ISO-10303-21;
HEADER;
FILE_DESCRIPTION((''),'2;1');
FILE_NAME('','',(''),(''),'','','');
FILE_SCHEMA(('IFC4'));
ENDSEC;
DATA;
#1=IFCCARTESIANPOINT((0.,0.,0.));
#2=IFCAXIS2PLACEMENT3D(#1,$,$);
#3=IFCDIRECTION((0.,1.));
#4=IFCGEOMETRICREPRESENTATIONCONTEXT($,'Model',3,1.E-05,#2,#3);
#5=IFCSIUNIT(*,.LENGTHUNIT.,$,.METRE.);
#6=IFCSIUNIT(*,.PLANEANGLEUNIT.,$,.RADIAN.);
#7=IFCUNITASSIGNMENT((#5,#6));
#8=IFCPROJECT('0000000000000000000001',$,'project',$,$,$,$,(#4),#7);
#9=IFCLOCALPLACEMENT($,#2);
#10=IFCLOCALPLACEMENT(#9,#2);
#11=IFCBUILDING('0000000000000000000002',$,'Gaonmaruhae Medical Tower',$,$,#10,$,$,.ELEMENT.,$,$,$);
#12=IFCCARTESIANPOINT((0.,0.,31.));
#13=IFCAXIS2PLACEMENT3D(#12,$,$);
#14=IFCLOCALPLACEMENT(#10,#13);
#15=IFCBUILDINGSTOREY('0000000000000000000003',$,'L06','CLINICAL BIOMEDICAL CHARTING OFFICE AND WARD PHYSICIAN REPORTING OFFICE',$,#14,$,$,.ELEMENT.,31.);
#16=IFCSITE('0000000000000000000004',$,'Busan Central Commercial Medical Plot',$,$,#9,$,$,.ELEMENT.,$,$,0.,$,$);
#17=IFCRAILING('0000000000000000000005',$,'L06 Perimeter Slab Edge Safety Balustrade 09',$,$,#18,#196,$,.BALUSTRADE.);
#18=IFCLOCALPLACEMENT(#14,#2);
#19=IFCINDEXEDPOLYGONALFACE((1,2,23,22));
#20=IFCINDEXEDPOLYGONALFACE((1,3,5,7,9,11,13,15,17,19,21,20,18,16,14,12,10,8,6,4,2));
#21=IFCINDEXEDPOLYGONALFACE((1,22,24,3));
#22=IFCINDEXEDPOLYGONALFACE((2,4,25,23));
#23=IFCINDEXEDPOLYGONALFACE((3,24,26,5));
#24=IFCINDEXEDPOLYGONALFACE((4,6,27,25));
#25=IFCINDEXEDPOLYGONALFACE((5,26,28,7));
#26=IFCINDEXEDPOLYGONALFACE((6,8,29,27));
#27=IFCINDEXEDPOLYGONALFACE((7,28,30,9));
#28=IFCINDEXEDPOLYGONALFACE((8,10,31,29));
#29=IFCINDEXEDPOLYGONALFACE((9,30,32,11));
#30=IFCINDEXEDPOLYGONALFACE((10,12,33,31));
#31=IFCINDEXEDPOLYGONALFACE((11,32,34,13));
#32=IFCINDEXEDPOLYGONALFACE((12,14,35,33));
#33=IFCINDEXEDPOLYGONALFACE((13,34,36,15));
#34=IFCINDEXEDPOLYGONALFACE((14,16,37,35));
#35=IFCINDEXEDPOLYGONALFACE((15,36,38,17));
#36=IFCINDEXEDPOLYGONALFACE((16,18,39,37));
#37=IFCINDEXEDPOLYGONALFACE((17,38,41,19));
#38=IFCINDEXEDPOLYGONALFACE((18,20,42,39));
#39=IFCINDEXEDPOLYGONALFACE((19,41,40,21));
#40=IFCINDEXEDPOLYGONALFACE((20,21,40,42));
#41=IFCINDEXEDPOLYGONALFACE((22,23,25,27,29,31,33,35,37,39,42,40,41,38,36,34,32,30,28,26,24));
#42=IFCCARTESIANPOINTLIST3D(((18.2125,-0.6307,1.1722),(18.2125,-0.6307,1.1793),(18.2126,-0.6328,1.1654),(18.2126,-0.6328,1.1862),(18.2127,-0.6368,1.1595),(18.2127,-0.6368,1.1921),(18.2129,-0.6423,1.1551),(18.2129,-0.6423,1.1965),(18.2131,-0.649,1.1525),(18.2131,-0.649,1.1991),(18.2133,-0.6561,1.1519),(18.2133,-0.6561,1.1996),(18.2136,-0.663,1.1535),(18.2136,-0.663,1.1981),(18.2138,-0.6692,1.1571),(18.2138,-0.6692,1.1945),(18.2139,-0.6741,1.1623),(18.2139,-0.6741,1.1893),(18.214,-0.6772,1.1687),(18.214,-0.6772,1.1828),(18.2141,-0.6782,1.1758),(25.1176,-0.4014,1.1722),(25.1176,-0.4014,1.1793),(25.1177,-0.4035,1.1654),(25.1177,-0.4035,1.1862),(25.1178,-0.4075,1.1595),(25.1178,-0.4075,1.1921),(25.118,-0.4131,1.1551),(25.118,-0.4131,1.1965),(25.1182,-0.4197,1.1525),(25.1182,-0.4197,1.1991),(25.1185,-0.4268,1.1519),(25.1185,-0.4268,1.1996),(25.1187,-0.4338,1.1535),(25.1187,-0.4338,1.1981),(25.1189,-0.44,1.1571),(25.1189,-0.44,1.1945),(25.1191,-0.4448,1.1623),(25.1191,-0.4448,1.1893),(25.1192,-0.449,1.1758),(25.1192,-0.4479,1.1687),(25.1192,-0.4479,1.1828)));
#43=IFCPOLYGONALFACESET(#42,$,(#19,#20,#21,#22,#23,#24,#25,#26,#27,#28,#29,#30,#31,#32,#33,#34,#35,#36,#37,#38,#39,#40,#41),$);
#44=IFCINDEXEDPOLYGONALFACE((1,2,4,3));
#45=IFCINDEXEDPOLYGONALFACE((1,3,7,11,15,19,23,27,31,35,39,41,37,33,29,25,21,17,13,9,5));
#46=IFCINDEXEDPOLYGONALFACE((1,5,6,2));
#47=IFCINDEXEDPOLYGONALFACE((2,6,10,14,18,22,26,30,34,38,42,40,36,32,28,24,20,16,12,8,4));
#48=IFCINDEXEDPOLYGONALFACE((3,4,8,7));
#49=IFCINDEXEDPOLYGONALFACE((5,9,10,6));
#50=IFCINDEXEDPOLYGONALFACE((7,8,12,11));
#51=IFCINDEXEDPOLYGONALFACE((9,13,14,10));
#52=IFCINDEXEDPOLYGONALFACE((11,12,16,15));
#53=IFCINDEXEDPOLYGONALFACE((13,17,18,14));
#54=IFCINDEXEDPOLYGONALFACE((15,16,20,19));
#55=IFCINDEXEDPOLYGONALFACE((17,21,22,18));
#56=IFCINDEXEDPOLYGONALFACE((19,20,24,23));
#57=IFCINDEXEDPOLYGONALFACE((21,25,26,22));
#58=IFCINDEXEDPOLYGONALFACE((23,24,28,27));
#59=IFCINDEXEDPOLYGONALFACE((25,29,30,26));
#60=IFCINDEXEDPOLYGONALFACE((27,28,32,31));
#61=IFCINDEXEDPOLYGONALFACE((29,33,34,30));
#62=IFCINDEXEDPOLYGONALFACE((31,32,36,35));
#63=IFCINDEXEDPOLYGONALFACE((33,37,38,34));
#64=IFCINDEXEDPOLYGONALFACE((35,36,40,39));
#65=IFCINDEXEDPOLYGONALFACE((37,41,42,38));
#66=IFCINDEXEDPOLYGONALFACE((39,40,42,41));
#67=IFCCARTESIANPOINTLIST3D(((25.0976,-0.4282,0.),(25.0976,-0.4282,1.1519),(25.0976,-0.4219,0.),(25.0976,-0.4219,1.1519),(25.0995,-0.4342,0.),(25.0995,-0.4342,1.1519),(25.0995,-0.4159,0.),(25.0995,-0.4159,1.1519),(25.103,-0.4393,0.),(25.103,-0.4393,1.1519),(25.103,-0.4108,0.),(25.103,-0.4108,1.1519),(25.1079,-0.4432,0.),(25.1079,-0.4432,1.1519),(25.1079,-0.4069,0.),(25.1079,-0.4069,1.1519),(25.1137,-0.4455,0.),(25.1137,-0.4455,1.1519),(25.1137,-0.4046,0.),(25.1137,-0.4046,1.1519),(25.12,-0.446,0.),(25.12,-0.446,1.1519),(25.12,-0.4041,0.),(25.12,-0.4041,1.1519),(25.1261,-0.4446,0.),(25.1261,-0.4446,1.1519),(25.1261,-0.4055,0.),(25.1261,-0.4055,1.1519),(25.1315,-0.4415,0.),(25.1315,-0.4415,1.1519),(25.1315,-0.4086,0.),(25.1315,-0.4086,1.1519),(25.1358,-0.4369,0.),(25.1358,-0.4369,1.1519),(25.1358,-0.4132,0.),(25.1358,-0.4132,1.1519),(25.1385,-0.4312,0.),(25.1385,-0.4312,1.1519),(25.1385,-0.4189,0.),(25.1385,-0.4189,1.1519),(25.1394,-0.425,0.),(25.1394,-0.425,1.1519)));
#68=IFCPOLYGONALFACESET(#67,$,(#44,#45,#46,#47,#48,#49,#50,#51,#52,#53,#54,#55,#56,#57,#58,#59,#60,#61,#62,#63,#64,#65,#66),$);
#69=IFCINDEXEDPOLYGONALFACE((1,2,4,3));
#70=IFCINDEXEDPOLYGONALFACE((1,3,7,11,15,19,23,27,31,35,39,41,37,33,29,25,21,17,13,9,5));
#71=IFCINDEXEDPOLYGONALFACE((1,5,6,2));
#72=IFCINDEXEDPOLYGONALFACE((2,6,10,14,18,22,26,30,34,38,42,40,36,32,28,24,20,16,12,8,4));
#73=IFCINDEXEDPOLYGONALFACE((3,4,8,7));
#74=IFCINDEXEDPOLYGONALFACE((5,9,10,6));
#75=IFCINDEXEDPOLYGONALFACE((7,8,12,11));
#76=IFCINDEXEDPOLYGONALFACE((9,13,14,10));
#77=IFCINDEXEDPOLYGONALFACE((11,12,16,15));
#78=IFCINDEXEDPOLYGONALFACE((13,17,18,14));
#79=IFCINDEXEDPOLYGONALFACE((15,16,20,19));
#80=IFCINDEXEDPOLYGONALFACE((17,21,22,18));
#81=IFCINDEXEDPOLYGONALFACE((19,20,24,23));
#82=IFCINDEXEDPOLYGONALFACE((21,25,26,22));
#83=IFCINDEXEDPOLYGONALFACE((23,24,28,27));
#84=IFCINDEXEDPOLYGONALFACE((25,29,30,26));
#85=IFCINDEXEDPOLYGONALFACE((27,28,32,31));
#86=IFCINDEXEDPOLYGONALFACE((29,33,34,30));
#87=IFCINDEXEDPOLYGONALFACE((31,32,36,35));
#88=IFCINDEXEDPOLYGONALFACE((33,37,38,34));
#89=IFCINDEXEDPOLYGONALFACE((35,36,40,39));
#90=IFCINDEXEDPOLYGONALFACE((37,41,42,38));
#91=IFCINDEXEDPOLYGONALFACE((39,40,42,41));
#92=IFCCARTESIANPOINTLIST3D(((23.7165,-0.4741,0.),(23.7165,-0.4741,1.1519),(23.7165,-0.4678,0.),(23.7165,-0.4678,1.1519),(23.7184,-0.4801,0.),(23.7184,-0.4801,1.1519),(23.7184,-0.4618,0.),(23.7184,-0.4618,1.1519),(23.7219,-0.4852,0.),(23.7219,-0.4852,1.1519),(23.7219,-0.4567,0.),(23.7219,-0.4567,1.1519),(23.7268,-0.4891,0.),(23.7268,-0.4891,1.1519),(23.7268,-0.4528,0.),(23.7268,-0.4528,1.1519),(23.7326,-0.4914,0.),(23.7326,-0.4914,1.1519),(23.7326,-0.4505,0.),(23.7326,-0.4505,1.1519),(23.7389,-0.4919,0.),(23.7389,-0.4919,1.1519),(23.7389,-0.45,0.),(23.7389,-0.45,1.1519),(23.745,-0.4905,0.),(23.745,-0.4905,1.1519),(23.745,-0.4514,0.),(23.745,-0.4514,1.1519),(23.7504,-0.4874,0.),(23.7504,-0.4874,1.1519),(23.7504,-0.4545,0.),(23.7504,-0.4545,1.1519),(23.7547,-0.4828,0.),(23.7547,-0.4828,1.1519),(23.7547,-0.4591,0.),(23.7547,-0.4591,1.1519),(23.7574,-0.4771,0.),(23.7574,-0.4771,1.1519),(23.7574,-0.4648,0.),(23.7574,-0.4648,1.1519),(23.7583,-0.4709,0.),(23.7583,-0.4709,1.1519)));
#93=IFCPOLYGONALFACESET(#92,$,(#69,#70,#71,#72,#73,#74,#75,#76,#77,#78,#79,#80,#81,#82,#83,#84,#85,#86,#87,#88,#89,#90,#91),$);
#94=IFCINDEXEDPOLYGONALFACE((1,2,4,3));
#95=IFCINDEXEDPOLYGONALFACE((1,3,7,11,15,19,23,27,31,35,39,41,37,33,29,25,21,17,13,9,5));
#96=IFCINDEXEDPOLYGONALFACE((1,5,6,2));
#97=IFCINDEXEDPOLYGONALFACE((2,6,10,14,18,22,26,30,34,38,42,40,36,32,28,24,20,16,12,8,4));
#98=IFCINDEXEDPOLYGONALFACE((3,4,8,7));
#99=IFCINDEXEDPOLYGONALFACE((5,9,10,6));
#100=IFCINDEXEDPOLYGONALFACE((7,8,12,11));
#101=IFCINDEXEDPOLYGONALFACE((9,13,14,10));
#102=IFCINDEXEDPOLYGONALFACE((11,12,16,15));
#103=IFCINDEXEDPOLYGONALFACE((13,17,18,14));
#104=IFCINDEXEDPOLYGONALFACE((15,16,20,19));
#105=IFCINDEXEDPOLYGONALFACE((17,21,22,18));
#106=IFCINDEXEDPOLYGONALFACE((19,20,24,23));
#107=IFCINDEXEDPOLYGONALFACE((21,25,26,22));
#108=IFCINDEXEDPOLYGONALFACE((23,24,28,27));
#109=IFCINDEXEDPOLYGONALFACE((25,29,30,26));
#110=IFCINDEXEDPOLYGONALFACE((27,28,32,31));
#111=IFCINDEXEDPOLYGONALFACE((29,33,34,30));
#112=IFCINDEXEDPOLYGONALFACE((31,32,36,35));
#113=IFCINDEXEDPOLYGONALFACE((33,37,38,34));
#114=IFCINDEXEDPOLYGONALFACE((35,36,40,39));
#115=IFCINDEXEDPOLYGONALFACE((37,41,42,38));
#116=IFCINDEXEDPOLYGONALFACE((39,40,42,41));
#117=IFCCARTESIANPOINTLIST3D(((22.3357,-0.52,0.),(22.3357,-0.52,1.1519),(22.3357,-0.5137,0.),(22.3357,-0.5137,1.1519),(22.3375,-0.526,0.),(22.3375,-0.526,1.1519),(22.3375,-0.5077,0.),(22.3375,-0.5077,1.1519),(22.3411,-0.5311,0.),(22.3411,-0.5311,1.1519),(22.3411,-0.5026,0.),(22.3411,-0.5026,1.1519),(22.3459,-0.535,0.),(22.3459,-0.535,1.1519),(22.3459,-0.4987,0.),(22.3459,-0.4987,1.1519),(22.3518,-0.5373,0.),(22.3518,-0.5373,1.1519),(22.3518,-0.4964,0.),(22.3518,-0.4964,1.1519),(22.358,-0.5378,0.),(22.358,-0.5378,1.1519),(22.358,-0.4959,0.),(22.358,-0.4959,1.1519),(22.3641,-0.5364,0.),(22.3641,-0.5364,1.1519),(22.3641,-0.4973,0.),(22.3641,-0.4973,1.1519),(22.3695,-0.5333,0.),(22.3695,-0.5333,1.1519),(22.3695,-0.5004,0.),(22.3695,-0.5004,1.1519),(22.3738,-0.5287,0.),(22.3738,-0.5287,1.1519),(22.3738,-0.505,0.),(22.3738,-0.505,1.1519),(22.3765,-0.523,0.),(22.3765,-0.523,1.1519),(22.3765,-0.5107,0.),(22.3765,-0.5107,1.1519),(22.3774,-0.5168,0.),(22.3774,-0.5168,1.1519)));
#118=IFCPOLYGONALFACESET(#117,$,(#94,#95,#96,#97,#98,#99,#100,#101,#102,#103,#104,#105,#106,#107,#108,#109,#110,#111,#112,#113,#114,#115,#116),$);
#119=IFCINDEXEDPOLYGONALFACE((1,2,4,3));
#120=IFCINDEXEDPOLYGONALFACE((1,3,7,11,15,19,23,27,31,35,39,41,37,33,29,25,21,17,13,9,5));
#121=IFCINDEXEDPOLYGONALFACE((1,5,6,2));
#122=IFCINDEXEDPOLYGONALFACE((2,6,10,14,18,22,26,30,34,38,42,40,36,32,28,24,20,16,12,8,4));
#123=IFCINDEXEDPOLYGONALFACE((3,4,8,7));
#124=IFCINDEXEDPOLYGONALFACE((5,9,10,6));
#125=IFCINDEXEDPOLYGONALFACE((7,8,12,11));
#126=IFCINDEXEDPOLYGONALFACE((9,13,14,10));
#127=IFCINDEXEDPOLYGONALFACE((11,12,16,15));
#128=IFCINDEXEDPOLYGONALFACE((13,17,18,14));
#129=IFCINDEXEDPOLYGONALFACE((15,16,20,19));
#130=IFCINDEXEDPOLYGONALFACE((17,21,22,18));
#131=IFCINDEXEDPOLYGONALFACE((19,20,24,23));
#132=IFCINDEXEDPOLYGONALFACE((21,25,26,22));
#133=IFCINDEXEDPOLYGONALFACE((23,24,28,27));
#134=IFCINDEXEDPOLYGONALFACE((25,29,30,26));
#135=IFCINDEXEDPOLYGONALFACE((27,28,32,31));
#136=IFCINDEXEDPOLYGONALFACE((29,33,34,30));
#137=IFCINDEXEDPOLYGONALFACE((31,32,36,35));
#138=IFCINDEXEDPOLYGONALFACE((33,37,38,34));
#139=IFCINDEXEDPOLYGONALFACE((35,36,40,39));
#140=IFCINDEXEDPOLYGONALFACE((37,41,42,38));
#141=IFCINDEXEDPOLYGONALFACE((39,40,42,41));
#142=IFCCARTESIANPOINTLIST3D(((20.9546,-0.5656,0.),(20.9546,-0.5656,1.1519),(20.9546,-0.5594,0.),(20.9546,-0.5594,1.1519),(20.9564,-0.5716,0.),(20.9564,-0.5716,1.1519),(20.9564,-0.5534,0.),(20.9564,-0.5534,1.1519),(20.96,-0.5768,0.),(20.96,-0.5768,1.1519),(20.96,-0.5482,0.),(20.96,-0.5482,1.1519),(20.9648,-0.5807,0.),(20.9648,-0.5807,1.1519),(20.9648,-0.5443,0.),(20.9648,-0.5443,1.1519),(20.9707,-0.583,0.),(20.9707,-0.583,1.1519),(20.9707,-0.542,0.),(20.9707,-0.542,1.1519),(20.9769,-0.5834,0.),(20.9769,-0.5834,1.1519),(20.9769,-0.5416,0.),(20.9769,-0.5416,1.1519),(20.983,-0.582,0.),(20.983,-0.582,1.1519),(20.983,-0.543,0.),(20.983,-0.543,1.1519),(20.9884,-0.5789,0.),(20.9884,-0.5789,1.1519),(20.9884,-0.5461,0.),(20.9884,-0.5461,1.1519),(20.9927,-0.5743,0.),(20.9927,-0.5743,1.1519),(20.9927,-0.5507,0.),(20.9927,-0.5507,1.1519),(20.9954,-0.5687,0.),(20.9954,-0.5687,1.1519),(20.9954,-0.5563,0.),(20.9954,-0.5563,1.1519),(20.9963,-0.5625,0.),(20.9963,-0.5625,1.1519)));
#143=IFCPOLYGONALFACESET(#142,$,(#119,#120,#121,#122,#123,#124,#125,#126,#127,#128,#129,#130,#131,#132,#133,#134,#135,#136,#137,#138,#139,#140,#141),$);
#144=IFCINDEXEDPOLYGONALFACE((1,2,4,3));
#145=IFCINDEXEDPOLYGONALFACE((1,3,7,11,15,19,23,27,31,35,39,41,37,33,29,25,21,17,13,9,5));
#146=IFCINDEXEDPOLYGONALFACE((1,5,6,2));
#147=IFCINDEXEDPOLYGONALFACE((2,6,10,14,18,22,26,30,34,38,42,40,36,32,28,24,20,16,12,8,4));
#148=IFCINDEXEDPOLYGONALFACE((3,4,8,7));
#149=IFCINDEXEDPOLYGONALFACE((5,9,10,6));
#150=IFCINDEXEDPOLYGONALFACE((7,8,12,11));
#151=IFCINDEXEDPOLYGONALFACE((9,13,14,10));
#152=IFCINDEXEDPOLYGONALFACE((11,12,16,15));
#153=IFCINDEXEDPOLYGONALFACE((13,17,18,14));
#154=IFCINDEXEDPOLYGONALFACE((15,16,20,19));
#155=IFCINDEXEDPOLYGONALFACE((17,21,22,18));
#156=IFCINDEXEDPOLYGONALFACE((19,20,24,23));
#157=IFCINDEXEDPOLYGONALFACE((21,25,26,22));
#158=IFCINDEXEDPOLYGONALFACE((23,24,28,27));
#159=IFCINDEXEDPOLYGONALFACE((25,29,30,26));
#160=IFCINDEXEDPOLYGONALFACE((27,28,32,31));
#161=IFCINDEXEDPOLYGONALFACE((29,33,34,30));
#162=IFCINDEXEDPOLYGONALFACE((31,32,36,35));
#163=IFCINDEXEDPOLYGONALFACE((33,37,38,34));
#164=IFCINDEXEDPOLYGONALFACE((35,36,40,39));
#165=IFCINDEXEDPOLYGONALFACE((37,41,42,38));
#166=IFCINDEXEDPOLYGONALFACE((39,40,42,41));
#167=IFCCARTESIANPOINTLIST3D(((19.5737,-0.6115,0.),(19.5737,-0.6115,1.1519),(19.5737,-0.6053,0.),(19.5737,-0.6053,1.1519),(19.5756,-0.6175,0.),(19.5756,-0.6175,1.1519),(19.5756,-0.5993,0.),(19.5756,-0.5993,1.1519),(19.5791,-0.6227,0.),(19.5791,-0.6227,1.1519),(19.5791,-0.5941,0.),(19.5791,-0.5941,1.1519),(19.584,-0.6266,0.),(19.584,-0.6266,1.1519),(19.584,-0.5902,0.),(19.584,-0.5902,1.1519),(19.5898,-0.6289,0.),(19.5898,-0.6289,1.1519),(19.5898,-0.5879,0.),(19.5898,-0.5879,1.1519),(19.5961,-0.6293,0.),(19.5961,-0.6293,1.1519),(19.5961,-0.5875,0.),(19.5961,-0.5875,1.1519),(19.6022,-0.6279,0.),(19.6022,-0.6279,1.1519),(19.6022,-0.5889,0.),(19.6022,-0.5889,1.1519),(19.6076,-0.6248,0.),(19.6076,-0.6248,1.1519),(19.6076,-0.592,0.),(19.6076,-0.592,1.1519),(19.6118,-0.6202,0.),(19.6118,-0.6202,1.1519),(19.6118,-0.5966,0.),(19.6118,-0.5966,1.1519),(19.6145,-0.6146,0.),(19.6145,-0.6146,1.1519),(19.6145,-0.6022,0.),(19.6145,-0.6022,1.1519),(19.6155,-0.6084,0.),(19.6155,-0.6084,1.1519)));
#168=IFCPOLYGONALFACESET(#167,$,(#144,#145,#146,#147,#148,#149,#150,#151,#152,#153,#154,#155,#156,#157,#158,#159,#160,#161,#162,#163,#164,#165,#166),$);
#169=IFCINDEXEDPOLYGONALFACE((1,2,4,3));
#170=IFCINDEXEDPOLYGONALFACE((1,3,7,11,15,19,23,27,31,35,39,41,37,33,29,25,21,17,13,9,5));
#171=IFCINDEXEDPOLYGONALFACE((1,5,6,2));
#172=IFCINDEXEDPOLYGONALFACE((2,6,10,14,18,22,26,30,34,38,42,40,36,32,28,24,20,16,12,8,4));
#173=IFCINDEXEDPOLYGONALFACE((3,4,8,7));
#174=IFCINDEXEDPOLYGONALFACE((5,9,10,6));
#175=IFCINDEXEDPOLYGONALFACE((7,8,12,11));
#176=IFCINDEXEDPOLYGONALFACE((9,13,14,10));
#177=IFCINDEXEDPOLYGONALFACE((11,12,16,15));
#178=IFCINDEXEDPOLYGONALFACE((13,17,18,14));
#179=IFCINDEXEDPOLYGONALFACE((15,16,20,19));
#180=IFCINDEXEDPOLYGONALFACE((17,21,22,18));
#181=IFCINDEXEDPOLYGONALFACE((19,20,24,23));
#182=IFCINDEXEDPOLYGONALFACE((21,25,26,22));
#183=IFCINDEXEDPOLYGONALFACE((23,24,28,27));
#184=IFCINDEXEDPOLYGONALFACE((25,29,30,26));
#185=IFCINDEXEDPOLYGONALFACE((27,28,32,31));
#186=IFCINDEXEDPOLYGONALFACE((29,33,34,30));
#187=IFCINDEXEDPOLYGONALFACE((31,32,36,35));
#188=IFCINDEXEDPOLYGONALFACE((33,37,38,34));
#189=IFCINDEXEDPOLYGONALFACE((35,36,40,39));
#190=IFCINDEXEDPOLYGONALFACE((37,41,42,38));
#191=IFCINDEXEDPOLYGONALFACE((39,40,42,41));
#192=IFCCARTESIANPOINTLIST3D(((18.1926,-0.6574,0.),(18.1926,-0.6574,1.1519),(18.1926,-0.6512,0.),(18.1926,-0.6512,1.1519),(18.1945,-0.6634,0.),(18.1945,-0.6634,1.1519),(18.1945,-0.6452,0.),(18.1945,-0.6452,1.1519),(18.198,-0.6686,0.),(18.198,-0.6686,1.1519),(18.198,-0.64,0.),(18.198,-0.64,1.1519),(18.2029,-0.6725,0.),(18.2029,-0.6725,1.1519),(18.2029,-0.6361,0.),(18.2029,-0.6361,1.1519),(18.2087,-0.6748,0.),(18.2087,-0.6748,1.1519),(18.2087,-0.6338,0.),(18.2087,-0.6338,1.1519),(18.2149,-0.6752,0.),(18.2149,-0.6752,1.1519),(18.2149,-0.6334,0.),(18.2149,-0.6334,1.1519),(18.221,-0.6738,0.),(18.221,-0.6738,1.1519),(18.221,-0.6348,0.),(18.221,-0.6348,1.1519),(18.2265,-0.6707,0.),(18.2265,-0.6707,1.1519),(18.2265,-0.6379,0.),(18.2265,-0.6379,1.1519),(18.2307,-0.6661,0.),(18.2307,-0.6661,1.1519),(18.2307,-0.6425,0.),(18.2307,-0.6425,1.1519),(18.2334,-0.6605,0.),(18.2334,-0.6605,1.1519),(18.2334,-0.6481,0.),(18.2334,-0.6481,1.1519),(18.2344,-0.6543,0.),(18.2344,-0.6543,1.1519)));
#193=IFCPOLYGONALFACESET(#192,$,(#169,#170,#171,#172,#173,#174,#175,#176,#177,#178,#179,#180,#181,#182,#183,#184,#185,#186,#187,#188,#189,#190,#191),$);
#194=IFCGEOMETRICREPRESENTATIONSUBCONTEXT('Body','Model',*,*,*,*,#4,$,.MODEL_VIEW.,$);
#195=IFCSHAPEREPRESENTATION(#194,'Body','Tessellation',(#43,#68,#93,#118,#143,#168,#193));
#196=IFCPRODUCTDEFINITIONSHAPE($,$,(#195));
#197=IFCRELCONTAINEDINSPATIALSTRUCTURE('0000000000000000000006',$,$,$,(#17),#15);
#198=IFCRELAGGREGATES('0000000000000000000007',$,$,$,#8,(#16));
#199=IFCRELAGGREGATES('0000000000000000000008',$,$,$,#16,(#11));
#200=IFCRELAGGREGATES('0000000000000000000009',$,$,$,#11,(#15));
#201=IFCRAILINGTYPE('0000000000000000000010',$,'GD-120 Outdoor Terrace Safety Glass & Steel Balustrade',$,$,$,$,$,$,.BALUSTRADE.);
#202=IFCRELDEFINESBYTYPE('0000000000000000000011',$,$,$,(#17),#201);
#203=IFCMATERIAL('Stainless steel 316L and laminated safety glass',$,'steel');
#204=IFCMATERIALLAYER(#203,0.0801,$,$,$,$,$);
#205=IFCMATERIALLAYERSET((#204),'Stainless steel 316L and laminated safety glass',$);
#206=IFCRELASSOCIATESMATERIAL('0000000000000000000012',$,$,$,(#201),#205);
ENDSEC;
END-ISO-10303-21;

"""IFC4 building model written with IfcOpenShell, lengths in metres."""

from ifc_helpers import new_model, si_unit, direction, frame, origin, origin_2d, place, context, subcontext, project, spatial, circle, extrude, material, layer, layer_set, type_object, element, save


model = new_model("IFC4")

# Units and contexts
model_context = context("Model", 3, precision=1e-05, world=origin(), true_north=direction((0.0, 1.0)))
body_context = subcontext(model_context, "Body", "Model", "MODEL_VIEW")
ifc_project = project(units=[si_unit("LENGTHUNIT", "METRE"), si_unit("PLANEANGLEUNIT", "RADIAN")], contexts=[model_context])

# Site, building, storey
site_placement = place(None, origin())
site = spatial("IfcSite", under=ifc_project, at=site_placement, Name="Busan Central Commercial Medical Plot", CompositionType="ELEMENT", RefElevation=0.0)
building_placement = place(site_placement, origin())
building = spatial("IfcBuilding", under=site, at=building_placement, Name="Gaonmaruhae Medical Tower", CompositionType="ELEMENT")
storey_placement = place(building_placement, frame((0.0, 0.0, 31.0)))
storey = spatial("IfcBuildingStorey", under=building, at=storey_placement, Name="L06", Description="CLINICAL BIOMEDICAL CHARTING OFFICE AND WARD PHYSICIAN REPORTING OFFICE", CompositionType="ELEMENT", Elevation=31.0)

# Railing
ifc_material_1 = material(Name="Stainless steel 316L and laminated safety glass", Category="steel")
ifc_layer_1 = layer(ifc_material_1, 0.0801)
ifc_layer_set_1 = layer_set([ifc_layer_1], Name="Stainless steel 316L and laminated safety glass")
railing_type = type_object("IfcRailingType", Name="GD-120 Outdoor Terrace Safety Glass & Steel Balustrade", PredefinedType="BALUSTRADE", material=ifc_layer_set_1)
railing_1_placement = place(storey_placement, frame((25.1184, -0.425, 0.0)))
element("IfcRailing", 1, at=railing_1_placement, inside=storey, type_object=railing_type, Name="L06 Perimeter Slab Edge Safety Balustrade 09", PredefinedType="BALUSTRADE", context=body_context, shape_type="SweptSolid", body=[
    extrude(circle(Radius=0.0239, at=origin_2d()), frame((0.0, 0.0, 1.1758), z_axis=(-0.999449, -0.033182, 0.0), x_axis=(0.033182, -0.999449, 0.0)), (0.0, 0.0, 1.0), 6.9089),
    extrude(circle(Radius=0.021, at=origin_2d()), origin(), (0.0, 0.0, 1.0), 1.1519),
    extrude(circle(Radius=0.021, at=origin_2d()), frame((-1.3811, -0.0459, 0.0)), (0.0, 0.0, 1.0), 1.1519),
    extrude(circle(Radius=0.021, at=origin_2d()), frame((-2.762, -0.0918, 0.0)), (0.0, 0.0, 1.0), 1.1519),
    extrude(circle(Radius=0.021, at=origin_2d()), frame((-4.1431, -0.1375, 0.0)), (0.0, 0.0, 1.0), 1.1519),
    extrude(circle(Radius=0.021, at=origin_2d()), frame((-5.5239, -0.1833, 0.0)), (0.0, 0.0, 1.0), 1.1519),
    extrude(circle(Radius=0.021, at=origin_2d()), frame((-6.905, -0.2292, 0.0)), (0.0, 0.0, 1.0), 1.1519),
])

save(model, "model.ifc")
